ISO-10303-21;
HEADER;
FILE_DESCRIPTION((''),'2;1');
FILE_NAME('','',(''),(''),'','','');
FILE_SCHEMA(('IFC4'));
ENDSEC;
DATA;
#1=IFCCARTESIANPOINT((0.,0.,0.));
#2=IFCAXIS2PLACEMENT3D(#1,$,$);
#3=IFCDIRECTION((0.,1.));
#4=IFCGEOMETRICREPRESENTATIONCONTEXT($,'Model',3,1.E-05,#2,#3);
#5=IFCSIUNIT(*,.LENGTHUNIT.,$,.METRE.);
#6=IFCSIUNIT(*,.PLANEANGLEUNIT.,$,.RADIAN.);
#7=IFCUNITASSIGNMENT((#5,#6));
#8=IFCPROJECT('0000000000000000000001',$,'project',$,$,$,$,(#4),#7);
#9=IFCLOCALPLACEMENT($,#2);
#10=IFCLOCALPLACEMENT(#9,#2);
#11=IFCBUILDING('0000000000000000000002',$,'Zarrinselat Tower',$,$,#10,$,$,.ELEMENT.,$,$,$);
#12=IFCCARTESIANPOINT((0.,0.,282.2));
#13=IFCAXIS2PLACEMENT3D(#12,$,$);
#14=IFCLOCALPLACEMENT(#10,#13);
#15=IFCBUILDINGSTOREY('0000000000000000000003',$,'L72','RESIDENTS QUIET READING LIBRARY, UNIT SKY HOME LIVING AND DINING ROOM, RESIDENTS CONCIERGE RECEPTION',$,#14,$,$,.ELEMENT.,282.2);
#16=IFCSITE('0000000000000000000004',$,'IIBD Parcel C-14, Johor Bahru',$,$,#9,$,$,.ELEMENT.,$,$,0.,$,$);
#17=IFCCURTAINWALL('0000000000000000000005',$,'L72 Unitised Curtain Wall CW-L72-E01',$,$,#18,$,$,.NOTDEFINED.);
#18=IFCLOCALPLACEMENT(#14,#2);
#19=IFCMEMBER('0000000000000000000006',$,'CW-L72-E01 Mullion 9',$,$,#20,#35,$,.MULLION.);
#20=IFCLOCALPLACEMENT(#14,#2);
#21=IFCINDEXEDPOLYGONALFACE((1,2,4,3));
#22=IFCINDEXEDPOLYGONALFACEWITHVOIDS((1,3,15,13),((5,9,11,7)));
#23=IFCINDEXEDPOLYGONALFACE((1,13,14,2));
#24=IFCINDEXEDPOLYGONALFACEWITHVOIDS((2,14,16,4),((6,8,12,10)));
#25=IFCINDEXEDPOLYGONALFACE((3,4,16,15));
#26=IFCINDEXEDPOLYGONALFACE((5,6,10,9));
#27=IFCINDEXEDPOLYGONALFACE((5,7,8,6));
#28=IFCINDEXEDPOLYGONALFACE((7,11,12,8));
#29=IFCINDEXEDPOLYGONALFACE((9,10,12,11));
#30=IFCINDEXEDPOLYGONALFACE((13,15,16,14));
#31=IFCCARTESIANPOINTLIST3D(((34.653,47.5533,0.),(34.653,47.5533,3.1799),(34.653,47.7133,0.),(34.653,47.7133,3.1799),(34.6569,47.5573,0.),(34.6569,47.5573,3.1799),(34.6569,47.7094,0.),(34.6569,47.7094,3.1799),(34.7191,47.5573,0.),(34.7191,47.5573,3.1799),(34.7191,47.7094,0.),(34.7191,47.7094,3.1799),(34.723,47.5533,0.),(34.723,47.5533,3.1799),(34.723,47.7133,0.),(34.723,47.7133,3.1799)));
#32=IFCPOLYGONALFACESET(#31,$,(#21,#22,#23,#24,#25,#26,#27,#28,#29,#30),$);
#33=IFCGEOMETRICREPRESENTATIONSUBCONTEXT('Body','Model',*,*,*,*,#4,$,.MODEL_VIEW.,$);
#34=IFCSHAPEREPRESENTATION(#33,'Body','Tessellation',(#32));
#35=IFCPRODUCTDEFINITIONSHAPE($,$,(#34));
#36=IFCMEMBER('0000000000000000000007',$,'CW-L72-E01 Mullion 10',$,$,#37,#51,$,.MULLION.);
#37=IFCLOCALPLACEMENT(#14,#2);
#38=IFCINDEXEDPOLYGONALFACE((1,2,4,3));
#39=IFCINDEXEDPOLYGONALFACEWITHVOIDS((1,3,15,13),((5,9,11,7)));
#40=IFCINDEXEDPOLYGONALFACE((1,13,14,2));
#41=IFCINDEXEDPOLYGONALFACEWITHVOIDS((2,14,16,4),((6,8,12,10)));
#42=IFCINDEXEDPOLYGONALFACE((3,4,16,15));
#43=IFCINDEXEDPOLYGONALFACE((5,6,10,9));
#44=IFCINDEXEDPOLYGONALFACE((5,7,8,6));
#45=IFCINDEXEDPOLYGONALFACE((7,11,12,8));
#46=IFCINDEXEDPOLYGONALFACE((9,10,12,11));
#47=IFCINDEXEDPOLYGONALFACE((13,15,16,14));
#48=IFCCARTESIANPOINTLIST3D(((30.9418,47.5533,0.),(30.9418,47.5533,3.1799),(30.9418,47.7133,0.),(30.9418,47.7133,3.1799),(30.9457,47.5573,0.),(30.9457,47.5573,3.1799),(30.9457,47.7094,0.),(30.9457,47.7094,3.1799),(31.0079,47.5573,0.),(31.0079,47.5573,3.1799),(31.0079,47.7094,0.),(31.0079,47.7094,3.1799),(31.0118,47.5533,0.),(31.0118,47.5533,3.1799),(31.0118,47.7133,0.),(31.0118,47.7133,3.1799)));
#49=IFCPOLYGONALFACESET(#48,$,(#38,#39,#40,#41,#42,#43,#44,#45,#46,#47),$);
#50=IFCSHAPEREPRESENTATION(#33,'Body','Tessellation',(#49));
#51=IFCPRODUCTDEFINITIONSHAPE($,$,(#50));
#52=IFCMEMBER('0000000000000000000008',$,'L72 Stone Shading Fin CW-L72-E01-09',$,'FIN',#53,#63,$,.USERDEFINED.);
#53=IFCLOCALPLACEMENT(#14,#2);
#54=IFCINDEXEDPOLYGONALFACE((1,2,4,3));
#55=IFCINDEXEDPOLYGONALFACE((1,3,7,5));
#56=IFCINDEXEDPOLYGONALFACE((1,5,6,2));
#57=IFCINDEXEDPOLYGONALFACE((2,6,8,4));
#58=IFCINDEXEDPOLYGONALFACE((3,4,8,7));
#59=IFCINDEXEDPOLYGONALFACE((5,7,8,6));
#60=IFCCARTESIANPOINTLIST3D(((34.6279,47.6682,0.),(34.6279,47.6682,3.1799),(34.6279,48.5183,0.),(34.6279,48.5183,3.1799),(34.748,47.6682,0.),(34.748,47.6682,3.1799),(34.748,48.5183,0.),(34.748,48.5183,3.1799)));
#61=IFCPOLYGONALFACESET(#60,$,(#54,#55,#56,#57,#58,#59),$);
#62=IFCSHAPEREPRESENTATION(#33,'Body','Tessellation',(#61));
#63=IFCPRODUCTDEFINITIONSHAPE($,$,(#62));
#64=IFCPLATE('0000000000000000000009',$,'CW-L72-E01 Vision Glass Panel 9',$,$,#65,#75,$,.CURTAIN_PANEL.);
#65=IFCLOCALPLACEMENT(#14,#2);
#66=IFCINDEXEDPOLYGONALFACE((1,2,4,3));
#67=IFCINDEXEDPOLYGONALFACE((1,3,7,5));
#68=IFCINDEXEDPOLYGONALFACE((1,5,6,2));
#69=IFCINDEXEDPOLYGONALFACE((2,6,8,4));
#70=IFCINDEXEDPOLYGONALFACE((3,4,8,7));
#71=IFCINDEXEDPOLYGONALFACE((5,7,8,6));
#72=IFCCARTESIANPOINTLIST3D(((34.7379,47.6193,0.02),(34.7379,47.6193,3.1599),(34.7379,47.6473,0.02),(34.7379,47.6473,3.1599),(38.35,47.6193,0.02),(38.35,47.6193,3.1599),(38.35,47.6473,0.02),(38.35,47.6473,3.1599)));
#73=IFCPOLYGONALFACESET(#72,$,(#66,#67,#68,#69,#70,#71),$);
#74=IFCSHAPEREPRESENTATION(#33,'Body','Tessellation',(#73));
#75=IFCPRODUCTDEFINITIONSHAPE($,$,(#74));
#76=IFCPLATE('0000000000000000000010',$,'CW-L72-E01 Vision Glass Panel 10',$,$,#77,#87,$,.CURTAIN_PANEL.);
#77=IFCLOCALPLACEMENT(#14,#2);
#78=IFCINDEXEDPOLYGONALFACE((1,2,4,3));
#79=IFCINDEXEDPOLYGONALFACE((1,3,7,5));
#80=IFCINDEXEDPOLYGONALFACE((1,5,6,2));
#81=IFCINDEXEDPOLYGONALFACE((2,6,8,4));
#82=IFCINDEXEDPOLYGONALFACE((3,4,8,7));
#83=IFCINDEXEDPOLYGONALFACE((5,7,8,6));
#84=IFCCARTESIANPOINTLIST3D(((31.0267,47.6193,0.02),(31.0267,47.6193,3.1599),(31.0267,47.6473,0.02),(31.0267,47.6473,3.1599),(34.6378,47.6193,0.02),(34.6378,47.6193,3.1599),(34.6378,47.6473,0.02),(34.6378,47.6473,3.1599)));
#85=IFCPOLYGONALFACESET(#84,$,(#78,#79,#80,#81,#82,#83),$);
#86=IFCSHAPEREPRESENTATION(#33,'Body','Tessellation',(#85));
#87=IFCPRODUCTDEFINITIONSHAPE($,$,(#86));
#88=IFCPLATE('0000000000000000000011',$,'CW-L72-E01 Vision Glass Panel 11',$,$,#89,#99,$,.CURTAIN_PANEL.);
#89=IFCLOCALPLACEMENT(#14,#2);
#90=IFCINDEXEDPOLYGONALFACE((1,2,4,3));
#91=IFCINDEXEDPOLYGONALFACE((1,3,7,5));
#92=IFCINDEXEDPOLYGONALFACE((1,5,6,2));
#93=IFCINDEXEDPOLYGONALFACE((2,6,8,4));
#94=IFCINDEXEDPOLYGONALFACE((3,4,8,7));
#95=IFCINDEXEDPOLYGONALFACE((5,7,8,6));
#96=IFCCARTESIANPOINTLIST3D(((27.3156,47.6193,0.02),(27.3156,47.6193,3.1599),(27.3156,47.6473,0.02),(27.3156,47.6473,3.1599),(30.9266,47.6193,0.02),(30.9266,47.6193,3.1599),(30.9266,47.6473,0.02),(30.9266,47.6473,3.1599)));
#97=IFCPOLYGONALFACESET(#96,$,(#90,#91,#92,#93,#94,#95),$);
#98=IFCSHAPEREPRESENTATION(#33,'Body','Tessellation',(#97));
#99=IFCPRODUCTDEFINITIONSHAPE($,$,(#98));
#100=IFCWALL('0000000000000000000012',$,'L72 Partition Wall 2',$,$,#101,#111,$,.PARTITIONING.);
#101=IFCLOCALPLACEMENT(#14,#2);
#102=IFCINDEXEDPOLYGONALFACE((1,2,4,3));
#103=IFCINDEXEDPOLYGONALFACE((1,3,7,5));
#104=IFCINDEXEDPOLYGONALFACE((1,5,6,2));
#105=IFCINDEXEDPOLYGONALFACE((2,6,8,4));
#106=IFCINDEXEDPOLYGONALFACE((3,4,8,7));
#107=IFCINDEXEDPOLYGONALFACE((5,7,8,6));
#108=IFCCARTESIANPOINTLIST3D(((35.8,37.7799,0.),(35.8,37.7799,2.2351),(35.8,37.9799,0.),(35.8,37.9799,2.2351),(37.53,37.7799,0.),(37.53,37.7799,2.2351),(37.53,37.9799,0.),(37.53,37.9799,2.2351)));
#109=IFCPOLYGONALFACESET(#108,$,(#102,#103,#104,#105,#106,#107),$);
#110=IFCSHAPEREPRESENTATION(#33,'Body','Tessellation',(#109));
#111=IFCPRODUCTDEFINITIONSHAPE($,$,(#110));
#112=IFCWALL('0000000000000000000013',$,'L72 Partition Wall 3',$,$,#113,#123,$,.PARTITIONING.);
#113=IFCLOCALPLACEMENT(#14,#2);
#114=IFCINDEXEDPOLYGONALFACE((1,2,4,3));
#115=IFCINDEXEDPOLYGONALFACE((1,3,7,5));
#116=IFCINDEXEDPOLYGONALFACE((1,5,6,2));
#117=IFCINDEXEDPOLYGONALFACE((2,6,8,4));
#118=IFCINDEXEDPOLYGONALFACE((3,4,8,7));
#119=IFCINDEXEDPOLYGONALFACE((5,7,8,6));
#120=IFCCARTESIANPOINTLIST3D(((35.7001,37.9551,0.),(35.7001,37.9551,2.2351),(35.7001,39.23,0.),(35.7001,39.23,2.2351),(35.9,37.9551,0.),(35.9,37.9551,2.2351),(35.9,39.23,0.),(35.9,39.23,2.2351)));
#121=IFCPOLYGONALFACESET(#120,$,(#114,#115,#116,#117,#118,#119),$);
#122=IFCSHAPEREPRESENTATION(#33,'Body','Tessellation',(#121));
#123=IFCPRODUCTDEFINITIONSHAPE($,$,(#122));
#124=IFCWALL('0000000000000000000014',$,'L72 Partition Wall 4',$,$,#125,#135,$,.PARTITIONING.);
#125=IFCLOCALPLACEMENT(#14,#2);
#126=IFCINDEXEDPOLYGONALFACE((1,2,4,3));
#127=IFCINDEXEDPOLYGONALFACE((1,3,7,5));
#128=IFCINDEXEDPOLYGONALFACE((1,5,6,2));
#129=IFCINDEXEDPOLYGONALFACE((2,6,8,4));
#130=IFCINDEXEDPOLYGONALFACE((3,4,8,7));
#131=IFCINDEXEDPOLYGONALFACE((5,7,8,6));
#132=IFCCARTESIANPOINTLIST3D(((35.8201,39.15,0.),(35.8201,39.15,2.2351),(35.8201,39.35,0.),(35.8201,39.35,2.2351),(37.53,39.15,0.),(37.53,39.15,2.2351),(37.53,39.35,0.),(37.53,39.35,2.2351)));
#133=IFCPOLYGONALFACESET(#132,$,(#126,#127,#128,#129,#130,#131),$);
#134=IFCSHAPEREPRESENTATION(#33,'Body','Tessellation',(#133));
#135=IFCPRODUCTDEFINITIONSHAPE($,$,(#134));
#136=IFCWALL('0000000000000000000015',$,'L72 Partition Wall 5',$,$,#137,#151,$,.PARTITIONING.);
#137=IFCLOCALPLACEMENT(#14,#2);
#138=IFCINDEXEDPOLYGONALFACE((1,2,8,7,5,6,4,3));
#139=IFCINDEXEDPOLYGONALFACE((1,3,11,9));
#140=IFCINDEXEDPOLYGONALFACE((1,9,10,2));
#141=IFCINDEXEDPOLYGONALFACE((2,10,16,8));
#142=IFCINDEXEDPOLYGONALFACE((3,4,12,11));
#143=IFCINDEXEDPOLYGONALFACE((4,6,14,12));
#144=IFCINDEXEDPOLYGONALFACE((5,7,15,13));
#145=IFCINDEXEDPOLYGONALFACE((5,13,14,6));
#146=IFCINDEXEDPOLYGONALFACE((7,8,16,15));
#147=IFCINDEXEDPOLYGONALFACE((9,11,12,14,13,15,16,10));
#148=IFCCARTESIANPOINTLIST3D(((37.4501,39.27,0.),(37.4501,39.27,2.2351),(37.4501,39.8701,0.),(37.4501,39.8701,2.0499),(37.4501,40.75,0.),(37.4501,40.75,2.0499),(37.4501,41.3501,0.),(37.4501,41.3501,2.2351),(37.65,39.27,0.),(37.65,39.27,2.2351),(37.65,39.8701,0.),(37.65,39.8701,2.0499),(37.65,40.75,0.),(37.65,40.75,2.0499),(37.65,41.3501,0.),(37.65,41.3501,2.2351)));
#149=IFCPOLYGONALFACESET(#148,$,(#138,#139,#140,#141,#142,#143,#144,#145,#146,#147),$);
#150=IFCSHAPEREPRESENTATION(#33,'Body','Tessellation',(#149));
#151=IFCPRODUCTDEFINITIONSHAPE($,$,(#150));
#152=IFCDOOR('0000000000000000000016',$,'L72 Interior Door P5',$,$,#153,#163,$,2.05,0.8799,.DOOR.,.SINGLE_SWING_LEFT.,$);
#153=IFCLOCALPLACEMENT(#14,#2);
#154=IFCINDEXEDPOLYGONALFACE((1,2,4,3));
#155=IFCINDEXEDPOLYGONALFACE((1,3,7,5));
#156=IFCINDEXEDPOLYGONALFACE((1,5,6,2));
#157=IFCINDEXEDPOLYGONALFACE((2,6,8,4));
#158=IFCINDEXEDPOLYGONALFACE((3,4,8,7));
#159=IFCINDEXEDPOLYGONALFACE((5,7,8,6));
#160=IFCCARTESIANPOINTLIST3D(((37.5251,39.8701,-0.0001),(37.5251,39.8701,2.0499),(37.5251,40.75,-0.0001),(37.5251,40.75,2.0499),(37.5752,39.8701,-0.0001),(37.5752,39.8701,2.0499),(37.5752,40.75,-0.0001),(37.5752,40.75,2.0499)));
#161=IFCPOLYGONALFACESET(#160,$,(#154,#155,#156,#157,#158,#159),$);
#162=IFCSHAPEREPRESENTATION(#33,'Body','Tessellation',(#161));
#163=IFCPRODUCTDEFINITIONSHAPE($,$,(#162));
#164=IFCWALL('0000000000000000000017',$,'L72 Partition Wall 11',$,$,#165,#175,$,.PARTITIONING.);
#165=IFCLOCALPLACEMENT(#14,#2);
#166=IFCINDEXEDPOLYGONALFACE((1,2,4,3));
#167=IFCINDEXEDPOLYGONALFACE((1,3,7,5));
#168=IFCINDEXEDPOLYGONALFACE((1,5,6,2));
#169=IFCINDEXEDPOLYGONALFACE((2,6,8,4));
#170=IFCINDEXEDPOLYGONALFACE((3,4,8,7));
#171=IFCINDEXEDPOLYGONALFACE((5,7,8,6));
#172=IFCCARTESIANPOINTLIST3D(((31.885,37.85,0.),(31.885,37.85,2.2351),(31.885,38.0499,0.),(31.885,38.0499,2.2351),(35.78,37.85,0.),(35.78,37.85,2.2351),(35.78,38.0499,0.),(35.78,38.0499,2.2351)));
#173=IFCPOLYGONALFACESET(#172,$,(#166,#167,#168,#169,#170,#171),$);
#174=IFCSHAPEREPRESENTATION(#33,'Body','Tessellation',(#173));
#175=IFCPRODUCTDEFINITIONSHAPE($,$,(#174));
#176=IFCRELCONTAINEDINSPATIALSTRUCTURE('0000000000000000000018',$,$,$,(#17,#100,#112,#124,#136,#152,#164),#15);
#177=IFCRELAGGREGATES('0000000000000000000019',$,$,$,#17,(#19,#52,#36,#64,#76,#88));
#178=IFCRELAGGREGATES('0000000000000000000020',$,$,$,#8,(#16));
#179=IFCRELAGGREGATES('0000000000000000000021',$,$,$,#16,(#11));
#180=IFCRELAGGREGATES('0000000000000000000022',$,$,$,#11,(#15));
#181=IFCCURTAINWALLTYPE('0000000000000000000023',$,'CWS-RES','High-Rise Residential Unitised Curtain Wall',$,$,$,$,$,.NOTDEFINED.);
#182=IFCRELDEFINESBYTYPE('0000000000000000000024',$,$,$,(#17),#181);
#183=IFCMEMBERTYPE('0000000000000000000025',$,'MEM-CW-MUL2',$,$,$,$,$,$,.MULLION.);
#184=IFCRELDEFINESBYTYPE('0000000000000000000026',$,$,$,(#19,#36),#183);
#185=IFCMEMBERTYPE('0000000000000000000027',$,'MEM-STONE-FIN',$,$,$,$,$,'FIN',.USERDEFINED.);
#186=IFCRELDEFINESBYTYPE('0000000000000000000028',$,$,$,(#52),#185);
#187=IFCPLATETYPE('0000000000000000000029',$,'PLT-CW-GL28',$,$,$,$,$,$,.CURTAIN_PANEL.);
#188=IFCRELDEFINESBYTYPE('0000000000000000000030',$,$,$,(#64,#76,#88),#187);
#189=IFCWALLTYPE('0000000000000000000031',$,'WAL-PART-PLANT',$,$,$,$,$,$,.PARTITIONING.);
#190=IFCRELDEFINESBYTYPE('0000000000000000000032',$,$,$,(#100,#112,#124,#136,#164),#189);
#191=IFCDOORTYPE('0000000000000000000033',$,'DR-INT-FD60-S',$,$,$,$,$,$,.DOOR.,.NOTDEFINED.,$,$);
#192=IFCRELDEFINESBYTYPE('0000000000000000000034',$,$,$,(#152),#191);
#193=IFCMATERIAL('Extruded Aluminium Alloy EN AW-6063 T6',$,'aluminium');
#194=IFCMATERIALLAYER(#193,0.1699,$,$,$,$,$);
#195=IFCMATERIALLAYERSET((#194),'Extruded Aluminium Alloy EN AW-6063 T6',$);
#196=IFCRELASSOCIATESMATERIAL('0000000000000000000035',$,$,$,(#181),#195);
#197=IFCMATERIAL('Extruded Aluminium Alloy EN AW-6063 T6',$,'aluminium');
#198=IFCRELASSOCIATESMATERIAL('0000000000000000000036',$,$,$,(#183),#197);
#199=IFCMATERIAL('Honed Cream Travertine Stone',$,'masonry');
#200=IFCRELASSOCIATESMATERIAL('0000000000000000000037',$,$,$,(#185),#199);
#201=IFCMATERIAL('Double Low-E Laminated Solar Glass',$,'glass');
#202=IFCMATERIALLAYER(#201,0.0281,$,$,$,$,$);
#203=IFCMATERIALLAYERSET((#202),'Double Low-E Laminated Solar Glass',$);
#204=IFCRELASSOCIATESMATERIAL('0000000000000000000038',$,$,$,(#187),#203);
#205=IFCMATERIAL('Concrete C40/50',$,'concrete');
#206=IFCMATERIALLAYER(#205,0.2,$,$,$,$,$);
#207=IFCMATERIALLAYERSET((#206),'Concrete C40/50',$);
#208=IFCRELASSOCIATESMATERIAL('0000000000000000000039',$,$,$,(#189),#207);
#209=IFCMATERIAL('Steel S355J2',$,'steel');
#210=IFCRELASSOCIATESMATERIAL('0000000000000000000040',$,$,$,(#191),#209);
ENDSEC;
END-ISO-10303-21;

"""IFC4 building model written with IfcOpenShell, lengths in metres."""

from ifc_helpers import new_model, si_unit, direction, frame, frame_2d, origin, origin_2d, place, context, subcontext, project, spatial, rectangle, hollow_rectangle, extrude, material, layer, layer_set, material_profile, profile_set, type_object, element, fill, aggregate, save


model = new_model("IFC4")

# Units and contexts
model_context = context("Model", 3, precision=1e-05, world=origin(), true_north=direction((0.0, 1.0)))
body_context = subcontext(model_context, "Body", "Model", "MODEL_VIEW")
ifc_project = project(units=[si_unit("LENGTHUNIT", "METRE"), si_unit("PLANEANGLEUNIT", "RADIAN")], contexts=[model_context])

# Site, building, storey
site_placement = place(None, origin())
site = spatial("IfcSite", under=ifc_project, at=site_placement, Name="IIBD Parcel C-14, Johor Bahru", CompositionType="ELEMENT", RefElevation=0.0)
building_placement = place(site_placement, origin())
building = spatial("IfcBuilding", under=site, at=building_placement, Name="Zarrinselat Tower", CompositionType="ELEMENT")
storey_placement = place(building_placement, frame((0.0, 0.0, 282.2)))
storey = spatial("IfcBuildingStorey", under=building, at=storey_placement, Name="L72", Description="RESIDENTS QUIET READING LIBRARY, UNIT SKY HOME LIVING AND DINING ROOM, RESIDENTS CONCIERGE RECEPTION", CompositionType="ELEMENT", Elevation=282.2)

# Curtain wall, members, plates
ifc_material_1 = material(Name="Extruded Aluminium Alloy EN AW-6063 T6", Category="aluminium")
ifc_layer_1 = layer(ifc_material_1, 0.1699)
ifc_layer_set_1 = layer_set([ifc_layer_1], Name="Extruded Aluminium Alloy EN AW-6063 T6")
curtain_wall_type = type_object("IfcCurtainWallType", Name="CWS-RES", Description="High-Rise Residential Unitised Curtain Wall", PredefinedType="NOTDEFINED", material=ifc_layer_set_1)
curtain_wall_placement = place(storey_placement, origin())
curtain_wall = element("IfcCurtainWall", 1, at=curtain_wall_placement, inside=storey, type_object=curtain_wall_type, Name="L72 Unitised Curtain Wall CW-L72-E01", PredefinedType="NOTDEFINED")
ifc_material_2 = material(Name="Extruded Aluminium Alloy EN AW-6063 T6", Category="aluminium")
ifc_material_profile_1 = material_profile(ifc_material_2, hollow_rectangle(XDim=0.0701, YDim=0.1599, WallThickness=0.0039, at=origin_2d()), Name="RHS 160x70x4")
ifc_profile_set_1 = profile_set([ifc_material_profile_1], Name="Extruded Aluminium Alloy EN AW-6063 T6")
member_type_1 = type_object("IfcMemberType", Name="MEM-CW-MUL2", PredefinedType="MULLION", material=ifc_profile_set_1)
member_1_placement = place(storey_placement, frame((34.688, 47.6333, 0.0), z_axis=(0.0, 0.0, 1.0), x_axis=(-1.0, 0.0, 0.0)))
member_1 = element("IfcMember", 2, at=member_1_placement, type_object=member_type_1, Name="CW-L72-E01 Mullion 9", PredefinedType="MULLION", context=body_context, shape_type="SweptSolid", body=[
    extrude(hollow_rectangle(XDim=0.0701, YDim=0.1599, WallThickness=0.0039, at=origin_2d()), origin(), (0.0, 0.0, 1.0), 3.1799),
])
member_2_placement = place(storey_placement, frame((30.9768, 47.6333, 0.0), z_axis=(0.0, 0.0, 1.0), x_axis=(-1.0, 0.0, 0.0)))
member_2 = element("IfcMember", 3, at=member_2_placement, type_object=member_type_1, Name="CW-L72-E01 Mullion 10", PredefinedType="MULLION", context=body_context, shape_type="SweptSolid", body=[
    extrude(hollow_rectangle(XDim=0.0701, YDim=0.1599, WallThickness=0.0039, at=origin_2d()), origin(), (0.0, 0.0, 1.0), 3.1799),
])
ifc_material_3 = material(Name="Honed Cream Travertine Stone", Category="masonry")
ifc_material_profile_2 = material_profile(ifc_material_3, rectangle(XDim=0.1201, YDim=0.8501, at=origin_2d()), Name="FIN 850x120")
ifc_profile_set_2 = profile_set([ifc_material_profile_2], Name="Honed Cream Travertine Stone")
member_type_2 = type_object("IfcMemberType", Name="MEM-STONE-FIN", ElementType="FIN", PredefinedType="USERDEFINED", material=ifc_profile_set_2)
member_3_placement = place(storey_placement, frame((34.688, 48.0933, 0.0), z_axis=(0.0, 0.0, 1.0), x_axis=(1.0, 0.0, 0.0)))
member_3 = element("IfcMember", 4, at=member_3_placement, type_object=member_type_2, Name="L72 Stone Shading Fin CW-L72-E01-09", ObjectType="FIN", PredefinedType="USERDEFINED", context=body_context, shape_type="SweptSolid", body=[
    extrude(rectangle(XDim=0.1201, YDim=0.8501, at=origin_2d()), origin(), (0.0, 0.0, 1.0), 3.1799),
])
ifc_material_4 = material(Name="Double Low-E Laminated Solar Glass", Category="glass")
ifc_layer_2 = layer(ifc_material_4, 0.0281)
ifc_layer_set_2 = layer_set([ifc_layer_2], Name="Double Low-E Laminated Solar Glass")
plate_type = type_object("IfcPlateType", Name="PLT-CW-GL28", PredefinedType="CURTAIN_PANEL", material=ifc_layer_set_2)
plate_1_placement = place(storey_placement, frame((36.5439, 47.6333, 0.02), z_axis=(0.0, 0.0, 1.0), x_axis=(-1.0, 0.0, 0.0)))
plate_1 = element("IfcPlate", 5, at=plate_1_placement, type_object=plate_type, Name="CW-L72-E01 Vision Glass Panel 9", PredefinedType="CURTAIN_PANEL", context=body_context, shape_type="SweptSolid", body=[
    extrude(rectangle(XDim=3.6121, YDim=0.0281, at=origin_2d()), origin(), (0.0, 0.0, 1.0), 3.1399),
])
plate_2_placement = place(storey_placement, frame((32.8323, 47.6333, 0.02), z_axis=(0.0, 0.0, 1.0), x_axis=(-1.0, 0.0, 0.0)))
plate_2 = element("IfcPlate", 6, at=plate_2_placement, type_object=plate_type, Name="CW-L72-E01 Vision Glass Panel 10", PredefinedType="CURTAIN_PANEL", context=body_context, shape_type="SweptSolid", body=[
    extrude(rectangle(XDim=3.6111, YDim=0.0281, at=origin_2d()), origin(), (0.0, 0.0, 1.0), 3.1399),
])
plate_3_placement = place(storey_placement, frame((29.1211, 47.6333, 0.02), z_axis=(0.0, 0.0, 1.0), x_axis=(-1.0, 0.0, 0.0)))
plate_3 = element("IfcPlate", 7, at=plate_3_placement, type_object=plate_type, Name="CW-L72-E01 Vision Glass Panel 11", PredefinedType="CURTAIN_PANEL", context=body_context, shape_type="SweptSolid", body=[
    extrude(rectangle(XDim=3.6111, YDim=0.0281, at=origin_2d()), origin(), (0.0, 0.0, 1.0), 3.1399),
])
aggregate(curtain_wall, [member_1, member_3, member_2, plate_1, plate_2, plate_3])

# Walls
ifc_material_5 = material(Name="Concrete C40/50", Category="concrete")
ifc_layer_3 = layer(ifc_material_5, 0.2)
ifc_layer_set_3 = layer_set([ifc_layer_3], Name="Concrete C40/50")
wall_type_1 = type_object("IfcWallType", Name="WAL-PART-PLANT", PredefinedType="PARTITIONING", material=ifc_layer_set_3)
wall_1_placement = place(storey_placement, frame((35.8, 37.8799, 0.0), z_axis=(0.0, 0.0, 1.0), x_axis=(1.0, 0.0, 0.0)))
element("IfcWall", 8, at=wall_1_placement, inside=storey, type_object=wall_type_1, Name="L72 Partition Wall 2", PredefinedType="PARTITIONING", context=body_context, shape_type="SweptSolid", body=[
    extrude(rectangle(XDim=1.73, YDim=0.2, at=frame_2d((0.865, 0.0))), origin(), (0.0, 0.0, 1.0), 2.2351),
])
wall_2_placement = place(storey_placement, frame((35.8, 37.9551, 0.0), z_axis=(0.0, 0.0, 1.0), x_axis=(0.0, 1.0, 0.0)))
element("IfcWall", 9, at=wall_2_placement, inside=storey, type_object=wall_type_1, Name="L72 Partition Wall 3", PredefinedType="PARTITIONING", context=body_context, shape_type="SweptSolid", body=[
    extrude(rectangle(XDim=1.2749, YDim=0.2, at=frame_2d((0.6375, 0.0))), origin(), (0.0, 0.0, 1.0), 2.2351),
])
wall_3_placement = place(storey_placement, frame((35.8201, 39.25, 0.0), z_axis=(0.0, 0.0, 1.0), x_axis=(1.0, 0.0, 0.0)))
element("IfcWall", 10, at=wall_3_placement, inside=storey, type_object=wall_type_1, Name="L72 Partition Wall 4", PredefinedType="PARTITIONING", context=body_context, shape_type="SweptSolid", body=[
    extrude(rectangle(XDim=1.71, YDim=0.2, at=frame_2d((0.855, 0.0))), origin(), (0.0, 0.0, 1.0), 2.2351),
])

# Wall, opening, door
wall_4_placement = place(storey_placement, frame((37.55, 39.27, 0.0), z_axis=(0.0, 0.0, 1.0), x_axis=(0.0, 1.0, 0.0)))
wall_4 = element("IfcWall", 11, at=wall_4_placement, inside=storey, type_object=wall_type_1, Name="L72 Partition Wall 5", PredefinedType="PARTITIONING", context=body_context, shape_type="SweptSolid", body=[
    extrude(rectangle(XDim=2.0801, YDim=0.2, at=frame_2d((1.04, 0.0))), origin(), (0.0, 0.0, 1.0), 2.2351),
])
opening_1_placement = place(wall_4_placement, frame((0.6001, 0.0, 0.0)))
opening_1 = element("IfcOpeningElement", 12, at=opening_1_placement, cuts=wall_4, PredefinedType="OPENING", context=body_context, shape_type="SweptSolid", body=[
    extrude(rectangle(XDim=0.8799, YDim=2.05, at=frame_2d((0.4399, 1.0249))), frame((0.0, 0.1099, 0.0), z_axis=(0.0, -1.0, 0.0), x_axis=(1.0, 0.0, 0.0)), (0.0, 0.0, 1.0), 0.22),
])
ifc_material_6 = material(Name="Steel S355J2", Category="steel")
door_type_1 = type_object("IfcDoorType", Name="DR-INT-FD60-S", OperationType="NOTDEFINED", PredefinedType="DOOR", material=ifc_material_6)
door_1_placement = place(opening_1_placement, origin())
door_1 = element("IfcDoor", 13, at=door_1_placement, inside=storey, type_object=door_type_1, Name="L72 Interior Door P5", OperationType="SINGLE_SWING_LEFT", OverallHeight=2.05, OverallWidth=0.8799, PredefinedType="DOOR", context=body_context, shape_type="SweptSolid", body=[
    extrude(rectangle(XDim=0.8799, YDim=2.05, at=frame_2d((0.4399, 1.0249))), frame((0.0, 0.0249, 0.0), z_axis=(0.0, -1.0, 0.0), x_axis=(1.0, 0.0, 0.0)), (0.0, 0.0, 1.0), 0.05),
])
fill(opening_1, door_1)

# Wall
wall_5_placement = place(storey_placement, frame((31.885, 37.95, 0.0), z_axis=(0.0, 0.0, 1.0), x_axis=(1.0, 0.0, 0.0)))
element("IfcWall", 14, at=wall_5_placement, inside=storey, type_object=wall_type_1, Name="L72 Partition Wall 11", PredefinedType="PARTITIONING", context=body_context, shape_type="SweptSolid", body=[
    extrude(rectangle(XDim=3.895, YDim=0.2, at=frame_2d((1.9475, 0.0))), origin(), (0.0, 0.0, 1.0), 2.2351),
])

save(model, "model.ifc")
